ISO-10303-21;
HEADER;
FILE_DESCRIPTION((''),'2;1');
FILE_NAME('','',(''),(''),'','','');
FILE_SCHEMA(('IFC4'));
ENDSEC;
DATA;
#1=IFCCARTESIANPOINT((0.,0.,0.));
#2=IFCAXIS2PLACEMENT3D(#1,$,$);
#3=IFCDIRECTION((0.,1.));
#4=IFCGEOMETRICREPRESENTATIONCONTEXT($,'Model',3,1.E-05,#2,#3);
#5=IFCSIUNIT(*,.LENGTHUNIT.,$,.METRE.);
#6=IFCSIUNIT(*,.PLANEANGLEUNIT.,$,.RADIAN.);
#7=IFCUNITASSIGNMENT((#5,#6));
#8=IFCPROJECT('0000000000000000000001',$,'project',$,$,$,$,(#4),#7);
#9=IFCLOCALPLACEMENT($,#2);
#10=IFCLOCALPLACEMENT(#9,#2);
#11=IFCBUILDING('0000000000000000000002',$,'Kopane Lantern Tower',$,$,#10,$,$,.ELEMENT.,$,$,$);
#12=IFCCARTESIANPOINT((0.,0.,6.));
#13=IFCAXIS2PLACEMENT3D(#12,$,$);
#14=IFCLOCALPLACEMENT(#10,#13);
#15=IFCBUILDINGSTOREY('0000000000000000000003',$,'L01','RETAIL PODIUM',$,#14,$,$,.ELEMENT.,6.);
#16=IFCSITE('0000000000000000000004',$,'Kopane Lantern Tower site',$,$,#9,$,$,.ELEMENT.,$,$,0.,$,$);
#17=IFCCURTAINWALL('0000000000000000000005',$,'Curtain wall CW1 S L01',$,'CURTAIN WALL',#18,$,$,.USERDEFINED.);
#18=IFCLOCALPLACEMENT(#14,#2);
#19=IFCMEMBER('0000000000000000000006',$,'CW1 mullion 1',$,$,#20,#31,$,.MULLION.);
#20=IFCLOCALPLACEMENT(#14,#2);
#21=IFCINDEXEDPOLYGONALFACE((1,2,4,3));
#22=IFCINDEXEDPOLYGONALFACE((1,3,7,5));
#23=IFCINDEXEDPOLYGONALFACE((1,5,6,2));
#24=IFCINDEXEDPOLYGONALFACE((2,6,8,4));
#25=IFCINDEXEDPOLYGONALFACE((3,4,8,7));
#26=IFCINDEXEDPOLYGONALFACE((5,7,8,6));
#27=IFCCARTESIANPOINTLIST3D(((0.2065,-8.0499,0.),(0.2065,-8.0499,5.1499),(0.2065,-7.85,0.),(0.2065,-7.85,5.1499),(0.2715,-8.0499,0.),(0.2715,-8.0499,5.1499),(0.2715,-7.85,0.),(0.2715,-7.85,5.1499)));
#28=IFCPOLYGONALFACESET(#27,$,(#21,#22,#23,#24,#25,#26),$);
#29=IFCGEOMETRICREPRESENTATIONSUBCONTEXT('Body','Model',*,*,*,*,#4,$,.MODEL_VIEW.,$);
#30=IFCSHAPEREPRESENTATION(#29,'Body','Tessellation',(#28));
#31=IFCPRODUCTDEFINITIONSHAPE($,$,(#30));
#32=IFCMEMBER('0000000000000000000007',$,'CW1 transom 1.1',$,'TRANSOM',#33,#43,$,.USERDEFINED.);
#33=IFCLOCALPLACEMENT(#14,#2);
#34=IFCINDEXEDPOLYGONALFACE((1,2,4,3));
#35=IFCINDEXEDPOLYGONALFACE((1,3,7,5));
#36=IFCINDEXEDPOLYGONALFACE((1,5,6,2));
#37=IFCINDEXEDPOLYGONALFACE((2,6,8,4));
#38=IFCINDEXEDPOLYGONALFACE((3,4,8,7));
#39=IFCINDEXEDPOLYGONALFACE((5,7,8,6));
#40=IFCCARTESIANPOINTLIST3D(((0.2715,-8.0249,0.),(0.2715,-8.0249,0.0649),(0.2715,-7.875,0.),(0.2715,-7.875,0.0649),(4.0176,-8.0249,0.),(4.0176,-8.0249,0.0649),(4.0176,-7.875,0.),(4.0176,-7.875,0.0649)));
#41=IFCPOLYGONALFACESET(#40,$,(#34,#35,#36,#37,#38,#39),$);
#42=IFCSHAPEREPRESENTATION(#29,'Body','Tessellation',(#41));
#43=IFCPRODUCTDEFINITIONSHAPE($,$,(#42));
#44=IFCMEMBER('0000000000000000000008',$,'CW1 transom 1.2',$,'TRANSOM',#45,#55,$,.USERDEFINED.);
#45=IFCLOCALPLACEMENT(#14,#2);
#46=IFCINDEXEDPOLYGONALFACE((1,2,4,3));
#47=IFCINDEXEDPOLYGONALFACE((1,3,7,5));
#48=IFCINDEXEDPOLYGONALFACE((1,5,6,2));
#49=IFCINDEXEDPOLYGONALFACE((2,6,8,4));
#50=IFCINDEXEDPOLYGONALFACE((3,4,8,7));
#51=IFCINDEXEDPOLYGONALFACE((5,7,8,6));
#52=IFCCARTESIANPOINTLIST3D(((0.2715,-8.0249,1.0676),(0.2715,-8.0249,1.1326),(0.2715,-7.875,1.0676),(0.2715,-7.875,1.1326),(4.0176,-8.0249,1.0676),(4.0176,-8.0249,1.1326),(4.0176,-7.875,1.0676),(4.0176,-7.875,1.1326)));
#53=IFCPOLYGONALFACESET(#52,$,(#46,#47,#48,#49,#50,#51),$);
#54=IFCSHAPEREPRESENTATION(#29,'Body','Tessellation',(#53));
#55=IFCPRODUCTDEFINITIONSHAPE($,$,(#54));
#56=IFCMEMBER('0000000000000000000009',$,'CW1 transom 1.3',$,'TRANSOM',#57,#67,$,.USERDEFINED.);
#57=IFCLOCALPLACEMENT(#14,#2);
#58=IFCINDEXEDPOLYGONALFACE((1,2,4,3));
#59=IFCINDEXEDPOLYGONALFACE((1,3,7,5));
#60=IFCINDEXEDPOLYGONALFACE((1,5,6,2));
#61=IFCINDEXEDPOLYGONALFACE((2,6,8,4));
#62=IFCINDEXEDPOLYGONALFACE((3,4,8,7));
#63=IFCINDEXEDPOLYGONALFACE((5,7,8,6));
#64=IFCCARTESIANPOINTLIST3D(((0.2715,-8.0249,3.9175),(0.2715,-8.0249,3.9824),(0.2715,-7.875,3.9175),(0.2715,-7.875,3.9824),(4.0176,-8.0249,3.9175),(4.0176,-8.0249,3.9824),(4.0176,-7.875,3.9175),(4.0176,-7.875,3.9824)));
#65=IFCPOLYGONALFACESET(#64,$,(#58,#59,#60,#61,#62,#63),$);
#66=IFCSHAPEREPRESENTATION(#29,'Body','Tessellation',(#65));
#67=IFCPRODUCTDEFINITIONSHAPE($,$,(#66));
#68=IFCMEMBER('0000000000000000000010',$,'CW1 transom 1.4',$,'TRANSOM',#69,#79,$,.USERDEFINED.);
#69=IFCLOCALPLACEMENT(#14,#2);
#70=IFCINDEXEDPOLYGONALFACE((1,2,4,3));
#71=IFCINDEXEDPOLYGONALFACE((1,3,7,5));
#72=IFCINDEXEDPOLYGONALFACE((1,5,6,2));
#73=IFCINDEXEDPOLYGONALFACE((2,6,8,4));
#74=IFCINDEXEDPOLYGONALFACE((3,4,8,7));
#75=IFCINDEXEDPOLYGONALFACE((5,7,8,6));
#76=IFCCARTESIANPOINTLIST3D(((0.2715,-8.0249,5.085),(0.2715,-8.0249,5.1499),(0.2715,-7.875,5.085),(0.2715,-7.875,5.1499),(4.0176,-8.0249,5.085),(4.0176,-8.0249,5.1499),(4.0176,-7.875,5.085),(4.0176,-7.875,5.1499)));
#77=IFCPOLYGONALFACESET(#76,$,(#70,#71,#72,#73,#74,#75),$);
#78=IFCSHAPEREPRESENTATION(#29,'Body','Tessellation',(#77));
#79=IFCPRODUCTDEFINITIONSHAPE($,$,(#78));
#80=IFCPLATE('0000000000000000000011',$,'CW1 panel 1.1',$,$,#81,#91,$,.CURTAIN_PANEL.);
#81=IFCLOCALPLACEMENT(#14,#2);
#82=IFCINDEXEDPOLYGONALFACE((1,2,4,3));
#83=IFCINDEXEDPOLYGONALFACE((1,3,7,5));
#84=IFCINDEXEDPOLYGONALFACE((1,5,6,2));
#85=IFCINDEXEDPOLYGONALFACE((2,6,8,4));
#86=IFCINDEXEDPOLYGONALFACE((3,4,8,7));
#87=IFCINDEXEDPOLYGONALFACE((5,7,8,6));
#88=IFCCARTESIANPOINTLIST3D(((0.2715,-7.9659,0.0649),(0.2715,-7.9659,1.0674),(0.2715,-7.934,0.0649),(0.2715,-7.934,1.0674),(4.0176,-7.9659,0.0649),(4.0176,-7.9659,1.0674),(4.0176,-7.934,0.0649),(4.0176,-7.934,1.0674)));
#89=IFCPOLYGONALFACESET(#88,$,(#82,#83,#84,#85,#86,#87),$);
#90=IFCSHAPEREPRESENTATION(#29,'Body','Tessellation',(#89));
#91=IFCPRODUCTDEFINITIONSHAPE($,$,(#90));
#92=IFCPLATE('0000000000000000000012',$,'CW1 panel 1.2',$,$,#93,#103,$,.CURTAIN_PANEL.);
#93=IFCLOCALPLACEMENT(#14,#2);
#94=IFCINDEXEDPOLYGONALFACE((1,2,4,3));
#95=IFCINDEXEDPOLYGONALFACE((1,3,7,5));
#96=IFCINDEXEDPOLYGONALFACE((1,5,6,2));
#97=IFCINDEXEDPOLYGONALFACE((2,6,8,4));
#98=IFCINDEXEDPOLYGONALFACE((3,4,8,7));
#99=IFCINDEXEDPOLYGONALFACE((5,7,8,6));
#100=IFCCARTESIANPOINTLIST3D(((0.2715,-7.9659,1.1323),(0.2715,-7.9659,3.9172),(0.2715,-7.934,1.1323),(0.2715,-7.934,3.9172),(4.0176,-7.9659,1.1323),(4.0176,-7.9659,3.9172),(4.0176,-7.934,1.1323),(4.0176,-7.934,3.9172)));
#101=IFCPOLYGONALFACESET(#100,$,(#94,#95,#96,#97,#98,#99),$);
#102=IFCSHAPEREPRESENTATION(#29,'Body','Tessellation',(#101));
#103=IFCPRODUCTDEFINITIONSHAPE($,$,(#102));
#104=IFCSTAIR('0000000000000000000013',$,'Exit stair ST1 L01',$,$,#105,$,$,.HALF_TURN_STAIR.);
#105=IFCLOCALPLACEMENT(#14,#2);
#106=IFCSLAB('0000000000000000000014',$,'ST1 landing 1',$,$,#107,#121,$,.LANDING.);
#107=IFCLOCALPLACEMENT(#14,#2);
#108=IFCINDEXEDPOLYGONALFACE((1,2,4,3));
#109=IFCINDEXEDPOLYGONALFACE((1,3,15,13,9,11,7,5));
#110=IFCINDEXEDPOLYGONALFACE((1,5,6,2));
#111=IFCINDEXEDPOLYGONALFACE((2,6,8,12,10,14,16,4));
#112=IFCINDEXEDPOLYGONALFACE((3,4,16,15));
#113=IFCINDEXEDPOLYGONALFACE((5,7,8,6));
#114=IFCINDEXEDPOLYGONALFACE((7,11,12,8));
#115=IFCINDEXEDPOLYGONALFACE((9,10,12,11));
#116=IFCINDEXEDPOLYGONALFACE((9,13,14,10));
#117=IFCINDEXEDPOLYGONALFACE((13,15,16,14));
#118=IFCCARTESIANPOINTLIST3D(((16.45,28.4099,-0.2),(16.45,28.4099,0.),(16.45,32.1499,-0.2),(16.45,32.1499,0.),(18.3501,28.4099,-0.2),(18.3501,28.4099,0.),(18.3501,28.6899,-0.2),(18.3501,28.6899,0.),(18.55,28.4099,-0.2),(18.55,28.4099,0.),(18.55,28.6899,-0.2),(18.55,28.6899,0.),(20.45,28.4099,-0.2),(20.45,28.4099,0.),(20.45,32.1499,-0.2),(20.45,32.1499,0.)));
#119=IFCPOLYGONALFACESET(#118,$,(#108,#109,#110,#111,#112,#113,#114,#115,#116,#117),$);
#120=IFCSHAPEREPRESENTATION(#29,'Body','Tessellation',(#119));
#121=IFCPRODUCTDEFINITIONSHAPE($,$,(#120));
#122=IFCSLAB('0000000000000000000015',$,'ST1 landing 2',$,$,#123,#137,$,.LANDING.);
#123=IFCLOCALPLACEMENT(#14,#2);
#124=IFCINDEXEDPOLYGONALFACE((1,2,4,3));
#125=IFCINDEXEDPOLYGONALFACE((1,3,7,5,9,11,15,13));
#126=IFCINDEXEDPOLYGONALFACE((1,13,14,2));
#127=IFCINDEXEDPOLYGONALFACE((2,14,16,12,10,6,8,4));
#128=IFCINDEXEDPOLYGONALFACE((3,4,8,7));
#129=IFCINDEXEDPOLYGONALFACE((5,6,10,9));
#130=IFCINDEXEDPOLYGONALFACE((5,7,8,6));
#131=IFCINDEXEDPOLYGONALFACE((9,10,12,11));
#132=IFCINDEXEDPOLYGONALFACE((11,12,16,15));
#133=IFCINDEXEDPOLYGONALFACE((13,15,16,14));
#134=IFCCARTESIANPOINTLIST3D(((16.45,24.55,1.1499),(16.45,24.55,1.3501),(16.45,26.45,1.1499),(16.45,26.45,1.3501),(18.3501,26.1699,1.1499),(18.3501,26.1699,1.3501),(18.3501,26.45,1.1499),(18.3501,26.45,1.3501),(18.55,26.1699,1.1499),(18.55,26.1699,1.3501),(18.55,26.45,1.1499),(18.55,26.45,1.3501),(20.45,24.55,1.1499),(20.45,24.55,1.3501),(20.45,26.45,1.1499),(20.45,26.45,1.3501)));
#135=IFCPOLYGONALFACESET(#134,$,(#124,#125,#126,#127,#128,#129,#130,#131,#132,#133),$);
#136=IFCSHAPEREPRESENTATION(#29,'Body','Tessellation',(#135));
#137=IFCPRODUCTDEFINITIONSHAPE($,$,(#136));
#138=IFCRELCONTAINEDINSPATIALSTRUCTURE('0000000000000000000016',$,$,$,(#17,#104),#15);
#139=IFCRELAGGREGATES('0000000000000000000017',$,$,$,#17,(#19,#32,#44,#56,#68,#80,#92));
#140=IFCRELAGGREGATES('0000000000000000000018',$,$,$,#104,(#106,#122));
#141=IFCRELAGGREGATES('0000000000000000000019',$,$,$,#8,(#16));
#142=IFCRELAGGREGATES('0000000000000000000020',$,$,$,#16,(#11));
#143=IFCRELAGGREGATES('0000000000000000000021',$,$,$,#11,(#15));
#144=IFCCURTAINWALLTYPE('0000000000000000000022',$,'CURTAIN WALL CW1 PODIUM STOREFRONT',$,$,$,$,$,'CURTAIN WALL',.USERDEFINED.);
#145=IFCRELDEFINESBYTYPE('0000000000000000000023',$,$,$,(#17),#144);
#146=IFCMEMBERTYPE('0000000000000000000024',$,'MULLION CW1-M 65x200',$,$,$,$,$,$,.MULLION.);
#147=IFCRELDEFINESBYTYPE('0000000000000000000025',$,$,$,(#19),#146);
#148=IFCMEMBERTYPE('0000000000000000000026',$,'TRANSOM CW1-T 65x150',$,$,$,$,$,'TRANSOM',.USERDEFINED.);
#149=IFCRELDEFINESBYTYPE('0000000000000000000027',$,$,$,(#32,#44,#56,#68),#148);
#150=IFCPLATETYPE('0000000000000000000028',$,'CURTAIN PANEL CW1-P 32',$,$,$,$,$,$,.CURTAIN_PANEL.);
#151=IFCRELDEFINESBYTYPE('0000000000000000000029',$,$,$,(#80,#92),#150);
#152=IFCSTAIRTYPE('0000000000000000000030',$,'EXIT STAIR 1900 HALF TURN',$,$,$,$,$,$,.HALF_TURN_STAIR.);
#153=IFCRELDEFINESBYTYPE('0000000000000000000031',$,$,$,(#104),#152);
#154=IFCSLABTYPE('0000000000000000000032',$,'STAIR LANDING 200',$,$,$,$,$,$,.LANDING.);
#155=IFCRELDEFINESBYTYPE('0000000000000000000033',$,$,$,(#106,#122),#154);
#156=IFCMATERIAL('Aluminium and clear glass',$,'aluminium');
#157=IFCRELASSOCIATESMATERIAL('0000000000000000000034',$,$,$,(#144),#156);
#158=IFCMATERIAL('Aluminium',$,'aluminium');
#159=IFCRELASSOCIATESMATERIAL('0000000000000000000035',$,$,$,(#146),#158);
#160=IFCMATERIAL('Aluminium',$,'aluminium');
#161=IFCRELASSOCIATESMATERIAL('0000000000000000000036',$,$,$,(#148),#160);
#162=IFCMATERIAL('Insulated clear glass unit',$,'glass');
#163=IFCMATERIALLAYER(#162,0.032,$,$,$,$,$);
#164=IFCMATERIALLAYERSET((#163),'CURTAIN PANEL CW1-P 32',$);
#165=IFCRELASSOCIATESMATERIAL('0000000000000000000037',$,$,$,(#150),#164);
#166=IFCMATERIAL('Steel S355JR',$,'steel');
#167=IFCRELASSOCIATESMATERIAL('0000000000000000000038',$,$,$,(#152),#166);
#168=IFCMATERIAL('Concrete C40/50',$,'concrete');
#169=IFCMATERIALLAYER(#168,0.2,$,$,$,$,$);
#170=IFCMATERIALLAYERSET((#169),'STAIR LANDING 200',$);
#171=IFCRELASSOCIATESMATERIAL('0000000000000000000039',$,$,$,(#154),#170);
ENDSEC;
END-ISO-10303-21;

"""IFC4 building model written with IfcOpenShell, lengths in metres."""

from ifc_helpers import new_model, si_unit, direction, frame, origin, origin_2d, place, context, subcontext, project, spatial, polyline, rectangle, outline, extrude, material, layer, layer_set, material_profile, profile_set, type_object, element, aggregate, save


model = new_model("IFC4")

# Units and contexts
model_context = context("Model", 3, precision=1e-05, world=origin(), true_north=direction((0.0, 1.0)))
body_context = subcontext(model_context, "Body", "Model", "MODEL_VIEW")
ifc_project = project(units=[si_unit("LENGTHUNIT", "METRE"), si_unit("PLANEANGLEUNIT", "RADIAN")], contexts=[model_context])

# Site, building, storey
site_placement = place(None, origin())
site = spatial("IfcSite", under=ifc_project, at=site_placement, Name="Kopane Lantern Tower site", CompositionType="ELEMENT", RefElevation=0.0)
building_placement = place(site_placement, origin())
building = spatial("IfcBuilding", under=site, at=building_placement, Name="Kopane Lantern Tower", CompositionType="ELEMENT")
storey_placement = place(building_placement, frame((0.0, 0.0, 6.0)))
storey = spatial("IfcBuildingStorey", under=building, at=storey_placement, Name="L01", Description="RETAIL PODIUM", CompositionType="ELEMENT", Elevation=6.0)

# Curtain wall, members, plates
ifc_material_1 = material(Name="Aluminium and clear glass", Category="aluminium")
curtain_wall_type = type_object("IfcCurtainWallType", Name="CURTAIN WALL CW1 PODIUM STOREFRONT", ElementType="CURTAIN WALL", PredefinedType="USERDEFINED", material=ifc_material_1)
curtain_wall_placement = place(storey_placement, origin())
curtain_wall = element("IfcCurtainWall", 1, at=curtain_wall_placement, inside=storey, type_object=curtain_wall_type, Name="Curtain wall CW1 S L01", ObjectType="CURTAIN WALL", PredefinedType="USERDEFINED")
ifc_material_2 = material(Name="Aluminium", Category="aluminium")
ifc_material_profile_1 = material_profile(ifc_material_2, rectangle(XDim=0.0649, YDim=0.2, at=origin_2d()), Name="AL 65x200")
ifc_profile_set_1 = profile_set([ifc_material_profile_1], Name="Aluminium")
member_type_1 = type_object("IfcMemberType", Name="MULLION CW1-M 65x200", PredefinedType="MULLION", material=ifc_profile_set_1)
member_1_placement = place(storey_placement, frame((0.239, -7.95, 0.0), z_axis=(0.0, 0.0, 1.0), x_axis=(1.0, 0.0, 0.0)))
member_1 = element("IfcMember", 2, at=member_1_placement, type_object=member_type_1, Name="CW1 mullion 1", PredefinedType="MULLION", context=body_context, shape_type="SweptSolid", body=[
    extrude(rectangle(XDim=0.0649, YDim=0.2, at=origin_2d()), origin(), (0.0, 0.0, 1.0), 5.1499),
])
ifc_material_3 = material(Name="Aluminium", Category="aluminium")
ifc_material_profile_2 = material_profile(ifc_material_3, rectangle(XDim=0.1499, YDim=0.0649, at=origin_2d()), Name="AL 150x65")
ifc_profile_set_2 = profile_set([ifc_material_profile_2], Name="Aluminium")
member_type_2 = type_object("IfcMemberType", Name="TRANSOM CW1-T 65x150", ElementType="TRANSOM", PredefinedType="USERDEFINED", material=ifc_profile_set_2)
member_2_placement = place(storey_placement, frame((0.2715, -7.95, 0.0325), z_axis=(1.0, 0.0, 0.0), x_axis=(0.0, 1.0, 0.0)))
member_2 = element("IfcMember", 3, at=member_2_placement, type_object=member_type_2, Name="CW1 transom 1.1", ObjectType="TRANSOM", PredefinedType="USERDEFINED", context=body_context, shape_type="SweptSolid", body=[
    extrude(rectangle(XDim=0.1499, YDim=0.0649, at=origin_2d()), origin(), (0.0, 0.0, 1.0), 3.7461),
])
member_3_placement = place(storey_placement, frame((0.2715, -7.95, 1.1001), z_axis=(1.0, 0.0, 0.0), x_axis=(0.0, 1.0, 0.0)))
member_3 = element("IfcMember", 4, at=member_3_placement, type_object=member_type_2, Name="CW1 transom 1.2", ObjectType="TRANSOM", PredefinedType="USERDEFINED", context=body_context, shape_type="SweptSolid", body=[
    extrude(rectangle(XDim=0.1499, YDim=0.0649, at=origin_2d()), origin(), (0.0, 0.0, 1.0), 3.7461),
])
member_4_placement = place(storey_placement, frame((0.2715, -7.95, 3.95), z_axis=(1.0, 0.0, 0.0), x_axis=(0.0, 1.0, 0.0)))
member_4 = element("IfcMember", 5, at=member_4_placement, type_object=member_type_2, Name="CW1 transom 1.3", ObjectType="TRANSOM", PredefinedType="USERDEFINED", context=body_context, shape_type="SweptSolid", body=[
    extrude(rectangle(XDim=0.1499, YDim=0.0649, at=origin_2d()), origin(), (0.0, 0.0, 1.0), 3.7461),
])
member_5_placement = place(storey_placement, frame((0.2715, -7.95, 5.1174), z_axis=(1.0, 0.0, 0.0), x_axis=(0.0, 1.0, 0.0)))
member_5 = element("IfcMember", 6, at=member_5_placement, type_object=member_type_2, Name="CW1 transom 1.4", ObjectType="TRANSOM", PredefinedType="USERDEFINED", context=body_context, shape_type="SweptSolid", body=[
    extrude(rectangle(XDim=0.1499, YDim=0.0649, at=origin_2d()), origin(), (0.0, 0.0, 1.0), 3.7461),
])
ifc_material_4 = material(Name="Insulated clear glass unit", Category="glass")
ifc_layer_1 = layer(ifc_material_4, 0.032)
ifc_layer_set_1 = layer_set([ifc_layer_1], Name="CURTAIN PANEL CW1-P 32")
plate_type = type_object("IfcPlateType", Name="CURTAIN PANEL CW1-P 32", PredefinedType="CURTAIN_PANEL", material=ifc_layer_set_1)
plate_1_placement = place(storey_placement, frame((2.1445, -7.95, 0.0649), z_axis=(0.0, 0.0, 1.0), x_axis=(1.0, 0.0, 0.0)))
plate_1 = element("IfcPlate", 7, at=plate_1_placement, type_object=plate_type, Name="CW1 panel 1.1", PredefinedType="CURTAIN_PANEL", context=body_context, shape_type="SweptSolid", body=[
    extrude(rectangle(XDim=3.7461, YDim=0.032, at=origin_2d()), origin(), (0.0, 0.0, 1.0), 1.0024),
])
plate_2_placement = place(storey_placement, frame((2.1445, -7.95, 1.1323), z_axis=(0.0, 0.0, 1.0), x_axis=(1.0, 0.0, 0.0)))
plate_2 = element("IfcPlate", 8, at=plate_2_placement, type_object=plate_type, Name="CW1 panel 1.2", PredefinedType="CURTAIN_PANEL", context=body_context, shape_type="SweptSolid", body=[
    extrude(rectangle(XDim=3.7461, YDim=0.032, at=origin_2d()), origin(), (0.0, 0.0, 1.0), 2.7849),
])
aggregate(curtain_wall, [member_1, member_2, member_3, member_4, member_5, plate_1, plate_2])

# Stair, slabs
ifc_material_5 = material(Name="Steel S355JR", Category="steel")
stair_type = type_object("IfcStairType", Name="EXIT STAIR 1900 HALF TURN", PredefinedType="HALF_TURN_STAIR", material=ifc_material_5)
stair_placement = place(storey_placement, origin())
stair = element("IfcStair", 9, at=stair_placement, inside=storey, type_object=stair_type, Name="Exit stair ST1 L01", PredefinedType="HALF_TURN_STAIR")
ifc_material_6 = material(Name="Concrete C40/50", Category="concrete")
ifc_layer_2 = layer(ifc_material_6, 0.2)
ifc_layer_set_2 = layer_set([ifc_layer_2], Name="STAIR LANDING 200")
slab_type = type_object("IfcSlabType", Name="STAIR LANDING 200", PredefinedType="LANDING", material=ifc_layer_set_2)
slab_1_placement = place(storey_placement, frame((0.0, 0.0, -0.2)))
slab_1 = element("IfcSlab", 10, at=slab_1_placement, type_object=slab_type, Name="ST1 landing 1", PredefinedType="LANDING", context=body_context, shape_type="SweptSolid", body=[
    extrude(outline(polyline([(18.3501, 28.6899), (18.55, 28.6899), (18.55, 28.4099), (20.45, 28.4099), (20.45, 32.1499), (16.45, 32.1499), (16.45, 28.4099), (18.3501, 28.4099), (18.3501, 28.6899)])), origin(), (0.0, 0.0, 1.0), 0.2),
])
slab_2_placement = place(storey_placement, frame((0.0, 0.0, 1.1499)))
slab_2 = element("IfcSlab", 11, at=slab_2_placement, type_object=slab_type, Name="ST1 landing 2", PredefinedType="LANDING", context=body_context, shape_type="SweptSolid", body=[
    extrude(outline(polyline([(20.45, 26.45), (18.55, 26.45), (18.55, 26.1699), (18.3501, 26.1699), (18.3501, 26.45), (16.45, 26.45), (16.45, 24.55), (20.45, 24.55), (20.45, 26.45)])), origin(), (0.0, 0.0, 1.0), 0.2002),
])
aggregate(stair, [slab_1, slab_2])

save(model, "model.ifc")
